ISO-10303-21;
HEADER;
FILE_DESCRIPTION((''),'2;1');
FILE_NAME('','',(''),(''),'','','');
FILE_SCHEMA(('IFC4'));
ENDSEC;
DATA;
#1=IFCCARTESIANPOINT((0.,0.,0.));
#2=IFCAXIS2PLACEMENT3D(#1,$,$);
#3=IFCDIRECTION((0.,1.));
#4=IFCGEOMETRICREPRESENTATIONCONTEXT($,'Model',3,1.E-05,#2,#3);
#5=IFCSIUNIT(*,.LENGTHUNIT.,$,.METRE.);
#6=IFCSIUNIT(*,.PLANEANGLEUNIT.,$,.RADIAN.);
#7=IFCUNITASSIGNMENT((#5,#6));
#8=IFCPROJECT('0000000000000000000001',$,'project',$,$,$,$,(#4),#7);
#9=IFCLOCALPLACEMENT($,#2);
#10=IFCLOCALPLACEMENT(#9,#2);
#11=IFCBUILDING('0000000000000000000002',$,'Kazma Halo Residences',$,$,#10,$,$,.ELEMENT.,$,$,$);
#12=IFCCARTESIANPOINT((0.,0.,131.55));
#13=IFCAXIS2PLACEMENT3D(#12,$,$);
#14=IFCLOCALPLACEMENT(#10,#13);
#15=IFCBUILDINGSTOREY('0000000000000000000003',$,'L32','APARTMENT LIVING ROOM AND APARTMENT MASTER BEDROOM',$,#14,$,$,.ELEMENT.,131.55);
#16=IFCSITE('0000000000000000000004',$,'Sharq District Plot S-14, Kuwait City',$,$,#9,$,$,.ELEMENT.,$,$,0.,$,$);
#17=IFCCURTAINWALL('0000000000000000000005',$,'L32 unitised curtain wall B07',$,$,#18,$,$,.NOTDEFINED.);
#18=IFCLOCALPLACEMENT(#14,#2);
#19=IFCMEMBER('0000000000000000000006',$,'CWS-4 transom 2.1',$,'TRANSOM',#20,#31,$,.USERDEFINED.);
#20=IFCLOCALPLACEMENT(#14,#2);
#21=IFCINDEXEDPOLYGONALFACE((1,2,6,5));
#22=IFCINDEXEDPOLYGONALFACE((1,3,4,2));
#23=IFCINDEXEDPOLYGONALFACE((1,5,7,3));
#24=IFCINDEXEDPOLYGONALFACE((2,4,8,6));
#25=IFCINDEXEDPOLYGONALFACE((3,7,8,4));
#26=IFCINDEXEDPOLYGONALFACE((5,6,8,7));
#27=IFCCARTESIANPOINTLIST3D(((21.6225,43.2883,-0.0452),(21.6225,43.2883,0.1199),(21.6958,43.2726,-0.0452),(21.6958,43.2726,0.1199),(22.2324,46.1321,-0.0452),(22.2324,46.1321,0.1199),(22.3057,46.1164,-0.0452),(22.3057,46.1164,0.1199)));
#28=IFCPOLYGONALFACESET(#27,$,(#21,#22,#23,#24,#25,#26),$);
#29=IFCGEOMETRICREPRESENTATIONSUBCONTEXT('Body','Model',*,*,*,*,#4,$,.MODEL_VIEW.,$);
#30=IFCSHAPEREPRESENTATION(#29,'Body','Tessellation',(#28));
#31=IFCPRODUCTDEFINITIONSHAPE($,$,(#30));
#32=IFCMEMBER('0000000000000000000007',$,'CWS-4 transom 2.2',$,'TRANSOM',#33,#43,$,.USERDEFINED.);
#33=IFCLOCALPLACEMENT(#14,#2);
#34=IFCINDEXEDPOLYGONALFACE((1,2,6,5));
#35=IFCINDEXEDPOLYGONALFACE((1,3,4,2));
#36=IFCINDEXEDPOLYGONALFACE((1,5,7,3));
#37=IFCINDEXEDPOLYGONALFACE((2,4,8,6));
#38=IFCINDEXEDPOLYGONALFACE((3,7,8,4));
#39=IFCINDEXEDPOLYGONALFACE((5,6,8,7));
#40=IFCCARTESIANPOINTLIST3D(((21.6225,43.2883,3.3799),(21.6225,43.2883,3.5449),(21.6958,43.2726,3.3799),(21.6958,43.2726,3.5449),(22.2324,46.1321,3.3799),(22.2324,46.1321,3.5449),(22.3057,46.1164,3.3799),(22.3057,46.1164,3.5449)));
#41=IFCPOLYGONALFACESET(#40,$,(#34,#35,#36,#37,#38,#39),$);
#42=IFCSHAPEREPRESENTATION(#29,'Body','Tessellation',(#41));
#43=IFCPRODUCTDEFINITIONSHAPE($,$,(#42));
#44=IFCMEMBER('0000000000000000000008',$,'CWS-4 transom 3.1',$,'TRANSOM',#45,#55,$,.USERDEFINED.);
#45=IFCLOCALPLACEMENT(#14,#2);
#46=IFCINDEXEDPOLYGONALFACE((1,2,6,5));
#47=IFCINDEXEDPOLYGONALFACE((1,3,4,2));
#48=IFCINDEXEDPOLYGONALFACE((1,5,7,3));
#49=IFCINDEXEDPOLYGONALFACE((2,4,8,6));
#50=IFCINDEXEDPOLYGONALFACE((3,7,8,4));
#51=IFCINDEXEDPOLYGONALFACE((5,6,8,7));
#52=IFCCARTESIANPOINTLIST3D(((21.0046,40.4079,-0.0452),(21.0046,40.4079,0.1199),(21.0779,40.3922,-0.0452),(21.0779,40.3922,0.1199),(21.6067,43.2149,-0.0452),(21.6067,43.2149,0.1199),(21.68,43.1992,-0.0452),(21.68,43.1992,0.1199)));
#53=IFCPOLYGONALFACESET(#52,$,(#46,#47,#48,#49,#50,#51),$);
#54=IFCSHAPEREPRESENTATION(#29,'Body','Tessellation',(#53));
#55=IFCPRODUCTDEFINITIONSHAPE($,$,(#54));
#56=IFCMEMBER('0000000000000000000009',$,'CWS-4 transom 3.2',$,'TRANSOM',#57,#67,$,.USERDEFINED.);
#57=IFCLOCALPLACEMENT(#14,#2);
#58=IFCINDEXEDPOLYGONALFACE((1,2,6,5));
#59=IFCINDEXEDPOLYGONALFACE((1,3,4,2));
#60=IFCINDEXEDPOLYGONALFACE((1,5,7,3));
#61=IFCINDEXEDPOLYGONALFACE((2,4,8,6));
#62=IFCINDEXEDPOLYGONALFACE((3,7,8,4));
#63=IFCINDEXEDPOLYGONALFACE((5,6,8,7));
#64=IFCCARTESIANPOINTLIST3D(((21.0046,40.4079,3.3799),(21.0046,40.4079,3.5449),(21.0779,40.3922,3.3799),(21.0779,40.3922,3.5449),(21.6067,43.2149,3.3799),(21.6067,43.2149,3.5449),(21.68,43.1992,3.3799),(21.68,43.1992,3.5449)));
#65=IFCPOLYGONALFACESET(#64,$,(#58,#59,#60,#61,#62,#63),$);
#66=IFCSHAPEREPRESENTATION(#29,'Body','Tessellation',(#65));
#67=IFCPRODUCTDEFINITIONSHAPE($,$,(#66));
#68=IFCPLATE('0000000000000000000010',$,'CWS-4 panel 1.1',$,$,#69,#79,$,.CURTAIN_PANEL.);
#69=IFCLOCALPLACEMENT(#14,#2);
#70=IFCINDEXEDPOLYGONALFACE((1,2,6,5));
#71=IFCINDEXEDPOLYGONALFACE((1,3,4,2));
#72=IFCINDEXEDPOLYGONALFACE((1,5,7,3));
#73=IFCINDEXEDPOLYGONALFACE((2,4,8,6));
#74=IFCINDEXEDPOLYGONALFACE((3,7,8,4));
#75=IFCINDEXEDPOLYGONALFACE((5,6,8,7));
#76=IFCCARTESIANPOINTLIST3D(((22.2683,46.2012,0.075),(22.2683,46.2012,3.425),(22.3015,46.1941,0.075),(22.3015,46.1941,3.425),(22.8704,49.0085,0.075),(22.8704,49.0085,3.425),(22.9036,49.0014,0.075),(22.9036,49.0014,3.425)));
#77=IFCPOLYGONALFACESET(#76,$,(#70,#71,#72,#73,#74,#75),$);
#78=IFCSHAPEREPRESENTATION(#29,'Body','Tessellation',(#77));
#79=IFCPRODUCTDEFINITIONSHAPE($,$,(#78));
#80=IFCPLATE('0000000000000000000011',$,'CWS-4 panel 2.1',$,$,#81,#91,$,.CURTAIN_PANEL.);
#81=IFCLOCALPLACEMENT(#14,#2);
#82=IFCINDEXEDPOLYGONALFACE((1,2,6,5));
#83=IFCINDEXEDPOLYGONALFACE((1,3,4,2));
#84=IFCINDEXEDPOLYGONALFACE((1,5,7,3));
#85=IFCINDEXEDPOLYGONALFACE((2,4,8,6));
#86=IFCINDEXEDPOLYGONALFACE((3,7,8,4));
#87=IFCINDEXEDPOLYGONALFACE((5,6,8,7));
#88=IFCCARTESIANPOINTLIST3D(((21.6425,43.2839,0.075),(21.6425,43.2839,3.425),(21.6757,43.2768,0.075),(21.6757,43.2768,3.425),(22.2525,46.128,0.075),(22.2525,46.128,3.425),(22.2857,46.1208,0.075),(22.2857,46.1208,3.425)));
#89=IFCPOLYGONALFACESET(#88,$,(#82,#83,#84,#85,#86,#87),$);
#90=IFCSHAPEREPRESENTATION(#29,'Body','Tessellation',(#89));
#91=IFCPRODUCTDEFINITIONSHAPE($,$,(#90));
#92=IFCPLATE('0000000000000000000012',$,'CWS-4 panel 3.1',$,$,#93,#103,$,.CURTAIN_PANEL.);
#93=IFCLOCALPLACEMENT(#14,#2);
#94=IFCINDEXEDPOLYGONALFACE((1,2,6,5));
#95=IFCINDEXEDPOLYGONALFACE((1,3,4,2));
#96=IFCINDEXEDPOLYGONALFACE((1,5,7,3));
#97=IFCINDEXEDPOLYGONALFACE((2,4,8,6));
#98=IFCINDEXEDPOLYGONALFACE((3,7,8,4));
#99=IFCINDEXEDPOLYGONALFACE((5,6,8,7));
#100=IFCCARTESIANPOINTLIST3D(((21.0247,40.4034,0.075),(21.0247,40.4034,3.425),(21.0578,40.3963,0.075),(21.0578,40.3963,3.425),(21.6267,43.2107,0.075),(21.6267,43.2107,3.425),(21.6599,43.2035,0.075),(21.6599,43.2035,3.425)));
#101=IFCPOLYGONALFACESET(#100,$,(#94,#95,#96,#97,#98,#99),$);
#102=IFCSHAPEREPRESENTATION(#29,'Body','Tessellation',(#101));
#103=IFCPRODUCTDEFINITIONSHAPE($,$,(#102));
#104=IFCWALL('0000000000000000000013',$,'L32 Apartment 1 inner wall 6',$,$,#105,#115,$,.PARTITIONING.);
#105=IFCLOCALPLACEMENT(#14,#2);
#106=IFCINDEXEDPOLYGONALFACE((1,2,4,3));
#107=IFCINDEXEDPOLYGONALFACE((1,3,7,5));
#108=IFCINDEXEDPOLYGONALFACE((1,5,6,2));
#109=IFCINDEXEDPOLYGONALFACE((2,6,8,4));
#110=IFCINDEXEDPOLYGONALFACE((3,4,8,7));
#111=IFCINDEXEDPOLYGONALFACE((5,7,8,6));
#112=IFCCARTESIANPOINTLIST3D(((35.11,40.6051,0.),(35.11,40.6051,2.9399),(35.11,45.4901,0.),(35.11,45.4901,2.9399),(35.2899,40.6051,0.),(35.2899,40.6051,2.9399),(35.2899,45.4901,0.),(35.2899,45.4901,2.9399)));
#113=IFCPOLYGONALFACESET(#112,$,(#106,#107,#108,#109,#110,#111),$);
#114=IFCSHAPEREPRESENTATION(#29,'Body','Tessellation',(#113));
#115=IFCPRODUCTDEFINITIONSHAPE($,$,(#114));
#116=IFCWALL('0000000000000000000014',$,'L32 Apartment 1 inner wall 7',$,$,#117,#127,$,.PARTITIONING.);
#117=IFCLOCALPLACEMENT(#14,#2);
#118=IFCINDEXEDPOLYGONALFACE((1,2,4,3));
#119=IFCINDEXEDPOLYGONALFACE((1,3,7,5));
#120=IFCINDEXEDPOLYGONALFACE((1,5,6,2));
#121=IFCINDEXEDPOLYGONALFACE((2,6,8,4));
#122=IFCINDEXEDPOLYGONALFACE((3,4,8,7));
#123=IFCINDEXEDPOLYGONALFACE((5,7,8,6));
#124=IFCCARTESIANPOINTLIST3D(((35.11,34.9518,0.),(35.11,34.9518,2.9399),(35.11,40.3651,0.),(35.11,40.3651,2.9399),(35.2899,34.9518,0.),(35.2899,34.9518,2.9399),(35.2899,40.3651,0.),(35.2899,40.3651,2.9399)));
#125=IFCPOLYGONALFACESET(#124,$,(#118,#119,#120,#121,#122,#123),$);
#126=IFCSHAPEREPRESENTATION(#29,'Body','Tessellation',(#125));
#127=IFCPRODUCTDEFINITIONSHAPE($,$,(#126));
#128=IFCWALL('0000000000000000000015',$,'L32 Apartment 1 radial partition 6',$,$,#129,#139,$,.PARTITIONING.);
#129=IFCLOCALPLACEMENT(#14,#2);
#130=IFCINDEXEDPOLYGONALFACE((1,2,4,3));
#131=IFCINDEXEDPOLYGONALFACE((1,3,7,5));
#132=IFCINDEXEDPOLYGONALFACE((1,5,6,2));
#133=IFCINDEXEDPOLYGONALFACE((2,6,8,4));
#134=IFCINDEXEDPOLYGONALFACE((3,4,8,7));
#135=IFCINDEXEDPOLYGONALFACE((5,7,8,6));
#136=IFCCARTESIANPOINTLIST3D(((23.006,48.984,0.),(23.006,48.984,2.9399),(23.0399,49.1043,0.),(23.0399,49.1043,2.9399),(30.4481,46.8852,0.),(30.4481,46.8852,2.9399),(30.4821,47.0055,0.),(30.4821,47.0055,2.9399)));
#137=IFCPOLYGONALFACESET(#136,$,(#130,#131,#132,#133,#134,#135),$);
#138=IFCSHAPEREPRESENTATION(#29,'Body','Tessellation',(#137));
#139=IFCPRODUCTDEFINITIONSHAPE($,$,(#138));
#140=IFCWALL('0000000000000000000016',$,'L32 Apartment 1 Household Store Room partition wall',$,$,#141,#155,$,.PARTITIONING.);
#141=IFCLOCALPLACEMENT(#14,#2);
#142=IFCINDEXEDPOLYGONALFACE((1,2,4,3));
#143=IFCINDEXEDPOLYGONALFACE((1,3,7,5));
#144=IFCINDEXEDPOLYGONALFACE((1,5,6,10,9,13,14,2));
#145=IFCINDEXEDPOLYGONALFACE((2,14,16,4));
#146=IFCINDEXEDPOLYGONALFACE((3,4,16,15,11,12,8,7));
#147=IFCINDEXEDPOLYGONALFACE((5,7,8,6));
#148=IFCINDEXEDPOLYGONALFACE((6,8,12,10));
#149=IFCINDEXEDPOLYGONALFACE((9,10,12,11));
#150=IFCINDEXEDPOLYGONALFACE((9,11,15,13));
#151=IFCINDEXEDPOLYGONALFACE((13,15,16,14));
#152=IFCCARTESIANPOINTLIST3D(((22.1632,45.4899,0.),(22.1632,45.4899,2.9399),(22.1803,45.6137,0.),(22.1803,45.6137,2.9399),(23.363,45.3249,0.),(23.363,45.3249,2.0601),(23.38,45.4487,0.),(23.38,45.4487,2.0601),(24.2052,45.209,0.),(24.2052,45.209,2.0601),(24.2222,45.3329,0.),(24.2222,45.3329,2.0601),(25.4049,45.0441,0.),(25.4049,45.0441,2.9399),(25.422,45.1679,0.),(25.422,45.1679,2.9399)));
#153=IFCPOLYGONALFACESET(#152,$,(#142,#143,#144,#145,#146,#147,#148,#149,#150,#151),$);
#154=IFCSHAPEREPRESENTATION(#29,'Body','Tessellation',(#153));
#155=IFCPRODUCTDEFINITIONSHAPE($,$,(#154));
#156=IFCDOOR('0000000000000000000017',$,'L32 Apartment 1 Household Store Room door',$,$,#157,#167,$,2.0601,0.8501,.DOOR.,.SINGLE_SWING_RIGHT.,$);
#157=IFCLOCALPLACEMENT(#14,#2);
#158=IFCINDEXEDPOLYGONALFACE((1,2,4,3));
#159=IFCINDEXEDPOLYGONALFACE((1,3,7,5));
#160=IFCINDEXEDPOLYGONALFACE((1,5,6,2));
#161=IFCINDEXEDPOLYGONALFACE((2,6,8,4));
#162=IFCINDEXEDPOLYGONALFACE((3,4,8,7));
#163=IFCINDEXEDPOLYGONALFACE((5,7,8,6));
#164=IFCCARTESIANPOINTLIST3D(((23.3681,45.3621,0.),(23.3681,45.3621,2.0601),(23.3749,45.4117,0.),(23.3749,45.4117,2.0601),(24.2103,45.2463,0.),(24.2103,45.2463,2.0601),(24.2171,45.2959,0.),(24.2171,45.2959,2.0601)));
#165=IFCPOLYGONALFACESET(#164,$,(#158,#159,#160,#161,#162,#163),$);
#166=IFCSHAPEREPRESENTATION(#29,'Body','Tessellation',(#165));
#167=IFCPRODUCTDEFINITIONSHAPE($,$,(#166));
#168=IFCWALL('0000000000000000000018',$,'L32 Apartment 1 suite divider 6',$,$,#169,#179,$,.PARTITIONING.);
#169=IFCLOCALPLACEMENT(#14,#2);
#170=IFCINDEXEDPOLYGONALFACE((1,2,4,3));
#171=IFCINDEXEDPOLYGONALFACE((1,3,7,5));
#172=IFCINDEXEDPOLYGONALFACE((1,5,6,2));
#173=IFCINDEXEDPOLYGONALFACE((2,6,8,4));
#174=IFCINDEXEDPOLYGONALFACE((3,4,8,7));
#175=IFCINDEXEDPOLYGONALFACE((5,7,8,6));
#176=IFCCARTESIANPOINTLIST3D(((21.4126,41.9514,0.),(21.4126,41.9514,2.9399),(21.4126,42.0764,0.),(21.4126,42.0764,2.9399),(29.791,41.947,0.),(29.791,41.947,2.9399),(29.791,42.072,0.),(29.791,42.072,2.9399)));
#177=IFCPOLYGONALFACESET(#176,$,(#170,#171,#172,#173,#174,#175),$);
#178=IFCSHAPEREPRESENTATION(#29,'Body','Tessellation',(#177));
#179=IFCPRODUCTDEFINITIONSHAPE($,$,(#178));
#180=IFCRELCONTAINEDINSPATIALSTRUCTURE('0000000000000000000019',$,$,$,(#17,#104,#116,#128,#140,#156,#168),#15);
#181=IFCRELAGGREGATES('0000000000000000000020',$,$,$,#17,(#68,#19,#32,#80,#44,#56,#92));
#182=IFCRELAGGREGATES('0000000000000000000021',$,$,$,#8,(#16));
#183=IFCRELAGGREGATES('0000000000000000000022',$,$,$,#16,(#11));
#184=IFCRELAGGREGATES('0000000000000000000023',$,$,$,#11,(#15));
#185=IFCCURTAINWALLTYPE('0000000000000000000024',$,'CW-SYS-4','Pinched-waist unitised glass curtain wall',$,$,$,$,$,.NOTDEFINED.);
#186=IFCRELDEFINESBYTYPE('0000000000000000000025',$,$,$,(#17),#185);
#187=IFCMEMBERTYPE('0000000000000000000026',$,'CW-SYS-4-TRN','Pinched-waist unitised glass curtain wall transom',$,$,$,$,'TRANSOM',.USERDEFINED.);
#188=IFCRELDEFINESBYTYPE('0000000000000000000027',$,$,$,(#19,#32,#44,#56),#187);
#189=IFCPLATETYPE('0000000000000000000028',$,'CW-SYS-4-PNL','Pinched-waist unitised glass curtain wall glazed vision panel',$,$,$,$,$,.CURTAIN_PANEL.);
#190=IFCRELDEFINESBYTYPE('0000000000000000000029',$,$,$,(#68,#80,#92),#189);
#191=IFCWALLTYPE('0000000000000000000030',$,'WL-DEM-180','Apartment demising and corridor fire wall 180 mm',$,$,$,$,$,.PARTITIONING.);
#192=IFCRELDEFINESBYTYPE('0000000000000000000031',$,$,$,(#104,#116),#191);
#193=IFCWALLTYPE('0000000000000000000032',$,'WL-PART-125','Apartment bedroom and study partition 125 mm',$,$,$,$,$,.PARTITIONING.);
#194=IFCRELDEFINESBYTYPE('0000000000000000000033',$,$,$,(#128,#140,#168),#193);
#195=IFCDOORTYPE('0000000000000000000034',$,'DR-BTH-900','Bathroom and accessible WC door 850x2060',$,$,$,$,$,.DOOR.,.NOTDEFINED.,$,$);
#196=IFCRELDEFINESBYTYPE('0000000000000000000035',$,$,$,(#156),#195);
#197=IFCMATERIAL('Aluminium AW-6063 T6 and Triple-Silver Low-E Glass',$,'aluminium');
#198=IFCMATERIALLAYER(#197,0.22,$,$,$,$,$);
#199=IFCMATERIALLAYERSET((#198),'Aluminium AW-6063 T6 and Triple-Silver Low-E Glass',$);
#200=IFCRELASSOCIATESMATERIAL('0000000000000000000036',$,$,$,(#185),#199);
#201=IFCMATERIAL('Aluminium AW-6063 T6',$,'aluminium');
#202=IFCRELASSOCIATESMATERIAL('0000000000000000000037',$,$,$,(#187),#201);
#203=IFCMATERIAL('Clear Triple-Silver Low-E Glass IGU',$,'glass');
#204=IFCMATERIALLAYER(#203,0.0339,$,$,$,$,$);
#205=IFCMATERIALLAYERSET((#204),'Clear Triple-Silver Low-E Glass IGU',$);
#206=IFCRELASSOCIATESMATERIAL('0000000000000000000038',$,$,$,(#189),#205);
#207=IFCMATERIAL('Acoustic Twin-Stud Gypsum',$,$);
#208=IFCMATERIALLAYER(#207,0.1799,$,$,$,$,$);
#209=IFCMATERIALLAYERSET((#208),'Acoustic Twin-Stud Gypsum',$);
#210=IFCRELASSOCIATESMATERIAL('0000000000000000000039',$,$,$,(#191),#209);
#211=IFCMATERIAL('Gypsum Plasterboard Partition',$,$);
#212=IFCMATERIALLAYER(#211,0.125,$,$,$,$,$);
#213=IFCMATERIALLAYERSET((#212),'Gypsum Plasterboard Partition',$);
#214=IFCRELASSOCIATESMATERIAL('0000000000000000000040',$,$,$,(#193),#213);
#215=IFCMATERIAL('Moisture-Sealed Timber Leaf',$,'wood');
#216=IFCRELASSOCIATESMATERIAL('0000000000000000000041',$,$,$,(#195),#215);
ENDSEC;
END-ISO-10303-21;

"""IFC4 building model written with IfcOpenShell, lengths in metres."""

from ifc_helpers import new_model, si_unit, direction, frame, frame_2d, origin, origin_2d, place, context, subcontext, project, spatial, rectangle, extrude, material, layer, layer_set, material_profile, profile_set, type_object, element, fill, aggregate, save


model = new_model("IFC4")

# Units and contexts
model_context = context("Model", 3, precision=1e-05, world=origin(), true_north=direction((0.0, 1.0)))
body_context = subcontext(model_context, "Body", "Model", "MODEL_VIEW")
ifc_project = project(units=[si_unit("LENGTHUNIT", "METRE"), si_unit("PLANEANGLEUNIT", "RADIAN")], contexts=[model_context])

# Site, building, storey
site_placement = place(None, origin())
site = spatial("IfcSite", under=ifc_project, at=site_placement, Name="Sharq District Plot S-14, Kuwait City", CompositionType="ELEMENT", RefElevation=0.0)
building_placement = place(site_placement, origin())
building = spatial("IfcBuilding", under=site, at=building_placement, Name="Kazma Halo Residences", CompositionType="ELEMENT")
storey_placement = place(building_placement, frame((0.0, 0.0, 131.55)))
storey = spatial("IfcBuildingStorey", under=building, at=storey_placement, Name="L32", Description="APARTMENT LIVING ROOM AND APARTMENT MASTER BEDROOM", CompositionType="ELEMENT", Elevation=131.55)

# Curtain wall, members, plates
ifc_material_1 = material(Name="Aluminium AW-6063 T6 and Triple-Silver Low-E Glass", Category="aluminium")
ifc_layer_1 = layer(ifc_material_1, 0.22)
ifc_layer_set_1 = layer_set([ifc_layer_1], Name="Aluminium AW-6063 T6 and Triple-Silver Low-E Glass")
curtain_wall_type = type_object("IfcCurtainWallType", Name="CW-SYS-4", Description="Pinched-waist unitised glass curtain wall", PredefinedType="NOTDEFINED", material=ifc_layer_set_1)
curtain_wall_placement = place(storey_placement, origin())
curtain_wall = element("IfcCurtainWall", 1, at=curtain_wall_placement, inside=storey, type_object=curtain_wall_type, Name="L32 unitised curtain wall B07", PredefinedType="NOTDEFINED")
ifc_material_2 = material(Name="Aluminium AW-6063 T6", Category="aluminium")
ifc_material_profile_1 = material_profile(ifc_material_2, rectangle(XDim=0.075, YDim=0.165, at=origin_2d()), Name="CWT-75x165")
ifc_profile_set_1 = profile_set([ifc_material_profile_1], Name="Aluminium AW-6063 T6")
member_type_1 = type_object("IfcMemberType", Name="CW-SYS-4-TRN", Description="Pinched-waist unitised glass curtain wall transom", ElementType="TRANSOM", PredefinedType="USERDEFINED", material=ifc_profile_set_1)
member_1_placement = place(storey_placement, frame((22.269, 46.1243, 0.0374), z_axis=(-0.20969, -0.977768, 0.0), x_axis=(0.977768, -0.20969, 0.0)))
member_1 = element("IfcMember", 2, at=member_1_placement, type_object=member_type_1, Name="CWS-4 transom 2.1", ObjectType="TRANSOM", PredefinedType="USERDEFINED", context=body_context, shape_type="SweptSolid", body=[
    extrude(rectangle(XDim=0.075, YDim=0.165, at=origin_2d()), origin(), (0.0, 0.0, 1.0), 2.9084),
])
member_2_placement = place(storey_placement, frame((22.269, 46.1243, 3.4624), z_axis=(-0.20969, -0.977768, 0.0), x_axis=(0.977768, -0.20969, 0.0)))
member_2 = element("IfcMember", 3, at=member_2_placement, type_object=member_type_1, Name="CWS-4 transom 2.2", ObjectType="TRANSOM", PredefinedType="USERDEFINED", context=body_context, shape_type="SweptSolid", body=[
    extrude(rectangle(XDim=0.075, YDim=0.165, at=origin_2d()), origin(), (0.0, 0.0, 1.0), 2.9084),
])
member_3_placement = place(storey_placement, frame((21.6433, 43.207, 0.0374), z_axis=(-0.209703, -0.977765, 0.0), x_axis=(0.977765, -0.209703, 0.0)))
member_3 = element("IfcMember", 4, at=member_3_placement, type_object=member_type_1, Name="CWS-4 transom 3.1", ObjectType="TRANSOM", PredefinedType="USERDEFINED", context=body_context, shape_type="SweptSolid", body=[
    extrude(rectangle(XDim=0.075, YDim=0.165, at=origin_2d()), origin(), (0.0, 0.0, 1.0), 2.8708),
])
member_4_placement = place(storey_placement, frame((21.6433, 43.207, 3.4624), z_axis=(-0.209703, -0.977765, 0.0), x_axis=(0.977765, -0.209703, 0.0)))
member_4 = element("IfcMember", 5, at=member_4_placement, type_object=member_type_1, Name="CWS-4 transom 3.2", ObjectType="TRANSOM", PredefinedType="USERDEFINED", context=body_context, shape_type="SweptSolid", body=[
    extrude(rectangle(XDim=0.075, YDim=0.165, at=origin_2d()), origin(), (0.0, 0.0, 1.0), 2.8708),
])
ifc_material_3 = material(Name="Clear Triple-Silver Low-E Glass IGU", Category="glass")
ifc_layer_2 = layer(ifc_material_3, 0.0339)
ifc_layer_set_2 = layer_set([ifc_layer_2], Name="Clear Triple-Silver Low-E Glass IGU")
plate_type = type_object("IfcPlateType", Name="CW-SYS-4-PNL", Description="Pinched-waist unitised glass curtain wall glazed vision panel", PredefinedType="CURTAIN_PANEL", material=ifc_layer_set_2)
plate_1_placement = place(storey_placement, frame((22.5859, 47.6013, 0.075), z_axis=(0.0, 0.0, 1.0), x_axis=(-0.209704, -0.977765, 0.0)))
plate_1 = element("IfcPlate", 6, at=plate_1_placement, type_object=plate_type, Name="CWS-4 panel 1.1", PredefinedType="CURTAIN_PANEL", context=body_context, shape_type="SweptSolid", body=[
    extrude(rectangle(XDim=2.8711, YDim=0.0339, at=origin_2d()), origin(), (0.0, 0.0, 1.0), 3.3501),
])
plate_2_placement = place(storey_placement, frame((21.9641, 44.7024, 0.075), z_axis=(0.0, 0.0, 1.0), x_axis=(-0.209704, -0.977765, 0.0)))
plate_2 = element("IfcPlate", 7, at=plate_2_placement, type_object=plate_type, Name="CWS-4 panel 2.1", PredefinedType="CURTAIN_PANEL", context=body_context, shape_type="SweptSolid", body=[
    extrude(rectangle(XDim=2.9087, YDim=0.0339, at=origin_2d()), origin(), (0.0, 0.0, 1.0), 3.3501),
])
plate_3_placement = place(storey_placement, frame((21.3423, 41.8035, 0.075), z_axis=(0.0, 0.0, 1.0), x_axis=(-0.209704, -0.977765, 0.0)))
plate_3 = element("IfcPlate", 8, at=plate_3_placement, type_object=plate_type, Name="CWS-4 panel 3.1", PredefinedType="CURTAIN_PANEL", context=body_context, shape_type="SweptSolid", body=[
    extrude(rectangle(XDim=2.8711, YDim=0.0339, at=origin_2d()), origin(), (0.0, 0.0, 1.0), 3.3501),
])
aggregate(curtain_wall, [plate_1, member_1, member_2, plate_2, member_3, member_4, plate_3])

# Walls
ifc_material_4 = material(Name="Acoustic Twin-Stud Gypsum")
ifc_layer_3 = layer(ifc_material_4, 0.1799)
ifc_layer_set_3 = layer_set([ifc_layer_3], Name="Acoustic Twin-Stud Gypsum")
wall_type_1 = type_object("IfcWallType", Name="WL-DEM-180", Description="Apartment demising and corridor fire wall 180 mm", PredefinedType="PARTITIONING", material=ifc_layer_set_3)
wall_1_placement = place(storey_placement, frame((35.2, 45.49, 0.0), z_axis=(0.0, 0.0, 1.0), x_axis=(0.0, -1.0, 0.0)))
element("IfcWall", 9, at=wall_1_placement, inside=storey, type_object=wall_type_1, Name="L32 Apartment 1 inner wall 6", PredefinedType="PARTITIONING", context=body_context, shape_type="SweptSolid", body=[
    extrude(rectangle(XDim=4.885, YDim=0.1799, at=frame_2d((2.4424, 0.0))), origin(), (0.0, 0.0, 1.0), 2.9399),
])
wall_2_placement = place(storey_placement, frame((35.2, 40.365, 0.0), z_axis=(0.0, 0.0, 1.0), x_axis=(0.0, -1.0, 0.0)))
element("IfcWall", 10, at=wall_2_placement, inside=storey, type_object=wall_type_1, Name="L32 Apartment 1 inner wall 7", PredefinedType="PARTITIONING", context=body_context, shape_type="SweptSolid", body=[
    extrude(rectangle(XDim=5.4133, YDim=0.1799, at=frame_2d((2.7065, 0.0))), origin(), (0.0, 0.0, 1.0), 2.9399),
])
ifc_material_5 = material(Name="Gypsum Plasterboard Partition")
ifc_layer_4 = layer(ifc_material_5, 0.125)
ifc_layer_set_4 = layer_set([ifc_layer_4], Name="Gypsum Plasterboard Partition")
wall_type_2 = type_object("IfcWallType", Name="WL-PART-125", Description="Apartment bedroom and study partition 125 mm", PredefinedType="PARTITIONING", material=ifc_layer_set_4)
wall_3_placement = place(storey_placement, frame((30.4651, 46.9453, 0.0), z_axis=(0.0, 0.0, 1.0), x_axis=(-0.962456, 0.271438, 0.0)))
element("IfcWall", 11, at=wall_3_placement, inside=storey, type_object=wall_type_2, Name="L32 Apartment 1 radial partition 6", PredefinedType="PARTITIONING", context=body_context, shape_type="SweptSolid", body=[
    extrude(rectangle(XDim=7.7324, YDim=0.125, at=frame_2d((3.8662, 0.0))), origin(), (0.0, 0.0, 1.0), 2.9399),
])

# Wall, opening, door
wall_4_placement = place(storey_placement, frame((25.4136, 45.106, 0.0), z_axis=(0.0, 0.0, 1.0), x_axis=(-0.990676, 0.136238, 0.0)))
wall_4 = element("IfcWall", 12, at=wall_4_placement, inside=storey, type_object=wall_type_2, Name="L32 Apartment 1 Household Store Room partition wall", PredefinedType="PARTITIONING", context=body_context, shape_type="SweptSolid", body=[
    extrude(rectangle(XDim=3.2722, YDim=0.125, at=frame_2d((1.6362, 0.0))), origin(), (0.0, 0.0, 1.0), 2.9399),
])
opening_1_placement = place(wall_4_placement, frame((1.2112, 0.0, 0.0)))
opening_1 = element("IfcOpeningElement", 13, at=opening_1_placement, cuts=wall_4, PredefinedType="OPENING", context=body_context, shape_type="SweptSolid", body=[
    extrude(rectangle(XDim=0.8501, YDim=2.0601, at=frame_2d((0.425, 1.03))), frame((0.0, 0.0725, 0.0), z_axis=(0.0, -1.0, 0.0), x_axis=(1.0, 0.0, 0.0)), (0.0, 0.0, 1.0), 0.145),
])
ifc_material_6 = material(Name="Moisture-Sealed Timber Leaf", Category="wood")
door_type = type_object("IfcDoorType", Name="DR-BTH-900", Description="Bathroom and accessible WC door 850x2060", OperationType="NOTDEFINED", PredefinedType="DOOR", material=ifc_material_6)
door_1_placement = place(opening_1_placement, origin())
door_1 = element("IfcDoor", 14, at=door_1_placement, inside=storey, type_object=door_type, Name="L32 Apartment 1 Household Store Room door", OperationType="SINGLE_SWING_RIGHT", OverallHeight=2.0601, OverallWidth=0.8501, PredefinedType="DOOR", context=body_context, shape_type="SweptSolid", body=[
    extrude(rectangle(XDim=0.8501, YDim=2.0601, at=frame_2d((0.425, 1.03))), frame((0.0, 0.0249, 0.0), z_axis=(0.0, -1.0, 0.0), x_axis=(1.0, 0.0, 0.0)), (0.0, 0.0, 1.0), 0.05),
])
fill(opening_1, door_1)

# Wall
wall_5_placement = place(storey_placement, frame((29.791, 42.0095, 0.0), z_axis=(0.0, 0.0, 1.0), x_axis=(-1.0, 0.000525, 0.0)))
element("IfcWall", 15, at=wall_5_placement, inside=storey, type_object=wall_type_2, Name="L32 Apartment 1 suite divider 6", PredefinedType="PARTITIONING", context=body_context, shape_type="SweptSolid", body=[
    extrude(rectangle(XDim=8.3784, YDim=0.125, at=frame_2d((4.1892, 0.0))), origin(), (0.0, 0.0, 1.0), 2.9399),
])

save(model, "model.ifc")
